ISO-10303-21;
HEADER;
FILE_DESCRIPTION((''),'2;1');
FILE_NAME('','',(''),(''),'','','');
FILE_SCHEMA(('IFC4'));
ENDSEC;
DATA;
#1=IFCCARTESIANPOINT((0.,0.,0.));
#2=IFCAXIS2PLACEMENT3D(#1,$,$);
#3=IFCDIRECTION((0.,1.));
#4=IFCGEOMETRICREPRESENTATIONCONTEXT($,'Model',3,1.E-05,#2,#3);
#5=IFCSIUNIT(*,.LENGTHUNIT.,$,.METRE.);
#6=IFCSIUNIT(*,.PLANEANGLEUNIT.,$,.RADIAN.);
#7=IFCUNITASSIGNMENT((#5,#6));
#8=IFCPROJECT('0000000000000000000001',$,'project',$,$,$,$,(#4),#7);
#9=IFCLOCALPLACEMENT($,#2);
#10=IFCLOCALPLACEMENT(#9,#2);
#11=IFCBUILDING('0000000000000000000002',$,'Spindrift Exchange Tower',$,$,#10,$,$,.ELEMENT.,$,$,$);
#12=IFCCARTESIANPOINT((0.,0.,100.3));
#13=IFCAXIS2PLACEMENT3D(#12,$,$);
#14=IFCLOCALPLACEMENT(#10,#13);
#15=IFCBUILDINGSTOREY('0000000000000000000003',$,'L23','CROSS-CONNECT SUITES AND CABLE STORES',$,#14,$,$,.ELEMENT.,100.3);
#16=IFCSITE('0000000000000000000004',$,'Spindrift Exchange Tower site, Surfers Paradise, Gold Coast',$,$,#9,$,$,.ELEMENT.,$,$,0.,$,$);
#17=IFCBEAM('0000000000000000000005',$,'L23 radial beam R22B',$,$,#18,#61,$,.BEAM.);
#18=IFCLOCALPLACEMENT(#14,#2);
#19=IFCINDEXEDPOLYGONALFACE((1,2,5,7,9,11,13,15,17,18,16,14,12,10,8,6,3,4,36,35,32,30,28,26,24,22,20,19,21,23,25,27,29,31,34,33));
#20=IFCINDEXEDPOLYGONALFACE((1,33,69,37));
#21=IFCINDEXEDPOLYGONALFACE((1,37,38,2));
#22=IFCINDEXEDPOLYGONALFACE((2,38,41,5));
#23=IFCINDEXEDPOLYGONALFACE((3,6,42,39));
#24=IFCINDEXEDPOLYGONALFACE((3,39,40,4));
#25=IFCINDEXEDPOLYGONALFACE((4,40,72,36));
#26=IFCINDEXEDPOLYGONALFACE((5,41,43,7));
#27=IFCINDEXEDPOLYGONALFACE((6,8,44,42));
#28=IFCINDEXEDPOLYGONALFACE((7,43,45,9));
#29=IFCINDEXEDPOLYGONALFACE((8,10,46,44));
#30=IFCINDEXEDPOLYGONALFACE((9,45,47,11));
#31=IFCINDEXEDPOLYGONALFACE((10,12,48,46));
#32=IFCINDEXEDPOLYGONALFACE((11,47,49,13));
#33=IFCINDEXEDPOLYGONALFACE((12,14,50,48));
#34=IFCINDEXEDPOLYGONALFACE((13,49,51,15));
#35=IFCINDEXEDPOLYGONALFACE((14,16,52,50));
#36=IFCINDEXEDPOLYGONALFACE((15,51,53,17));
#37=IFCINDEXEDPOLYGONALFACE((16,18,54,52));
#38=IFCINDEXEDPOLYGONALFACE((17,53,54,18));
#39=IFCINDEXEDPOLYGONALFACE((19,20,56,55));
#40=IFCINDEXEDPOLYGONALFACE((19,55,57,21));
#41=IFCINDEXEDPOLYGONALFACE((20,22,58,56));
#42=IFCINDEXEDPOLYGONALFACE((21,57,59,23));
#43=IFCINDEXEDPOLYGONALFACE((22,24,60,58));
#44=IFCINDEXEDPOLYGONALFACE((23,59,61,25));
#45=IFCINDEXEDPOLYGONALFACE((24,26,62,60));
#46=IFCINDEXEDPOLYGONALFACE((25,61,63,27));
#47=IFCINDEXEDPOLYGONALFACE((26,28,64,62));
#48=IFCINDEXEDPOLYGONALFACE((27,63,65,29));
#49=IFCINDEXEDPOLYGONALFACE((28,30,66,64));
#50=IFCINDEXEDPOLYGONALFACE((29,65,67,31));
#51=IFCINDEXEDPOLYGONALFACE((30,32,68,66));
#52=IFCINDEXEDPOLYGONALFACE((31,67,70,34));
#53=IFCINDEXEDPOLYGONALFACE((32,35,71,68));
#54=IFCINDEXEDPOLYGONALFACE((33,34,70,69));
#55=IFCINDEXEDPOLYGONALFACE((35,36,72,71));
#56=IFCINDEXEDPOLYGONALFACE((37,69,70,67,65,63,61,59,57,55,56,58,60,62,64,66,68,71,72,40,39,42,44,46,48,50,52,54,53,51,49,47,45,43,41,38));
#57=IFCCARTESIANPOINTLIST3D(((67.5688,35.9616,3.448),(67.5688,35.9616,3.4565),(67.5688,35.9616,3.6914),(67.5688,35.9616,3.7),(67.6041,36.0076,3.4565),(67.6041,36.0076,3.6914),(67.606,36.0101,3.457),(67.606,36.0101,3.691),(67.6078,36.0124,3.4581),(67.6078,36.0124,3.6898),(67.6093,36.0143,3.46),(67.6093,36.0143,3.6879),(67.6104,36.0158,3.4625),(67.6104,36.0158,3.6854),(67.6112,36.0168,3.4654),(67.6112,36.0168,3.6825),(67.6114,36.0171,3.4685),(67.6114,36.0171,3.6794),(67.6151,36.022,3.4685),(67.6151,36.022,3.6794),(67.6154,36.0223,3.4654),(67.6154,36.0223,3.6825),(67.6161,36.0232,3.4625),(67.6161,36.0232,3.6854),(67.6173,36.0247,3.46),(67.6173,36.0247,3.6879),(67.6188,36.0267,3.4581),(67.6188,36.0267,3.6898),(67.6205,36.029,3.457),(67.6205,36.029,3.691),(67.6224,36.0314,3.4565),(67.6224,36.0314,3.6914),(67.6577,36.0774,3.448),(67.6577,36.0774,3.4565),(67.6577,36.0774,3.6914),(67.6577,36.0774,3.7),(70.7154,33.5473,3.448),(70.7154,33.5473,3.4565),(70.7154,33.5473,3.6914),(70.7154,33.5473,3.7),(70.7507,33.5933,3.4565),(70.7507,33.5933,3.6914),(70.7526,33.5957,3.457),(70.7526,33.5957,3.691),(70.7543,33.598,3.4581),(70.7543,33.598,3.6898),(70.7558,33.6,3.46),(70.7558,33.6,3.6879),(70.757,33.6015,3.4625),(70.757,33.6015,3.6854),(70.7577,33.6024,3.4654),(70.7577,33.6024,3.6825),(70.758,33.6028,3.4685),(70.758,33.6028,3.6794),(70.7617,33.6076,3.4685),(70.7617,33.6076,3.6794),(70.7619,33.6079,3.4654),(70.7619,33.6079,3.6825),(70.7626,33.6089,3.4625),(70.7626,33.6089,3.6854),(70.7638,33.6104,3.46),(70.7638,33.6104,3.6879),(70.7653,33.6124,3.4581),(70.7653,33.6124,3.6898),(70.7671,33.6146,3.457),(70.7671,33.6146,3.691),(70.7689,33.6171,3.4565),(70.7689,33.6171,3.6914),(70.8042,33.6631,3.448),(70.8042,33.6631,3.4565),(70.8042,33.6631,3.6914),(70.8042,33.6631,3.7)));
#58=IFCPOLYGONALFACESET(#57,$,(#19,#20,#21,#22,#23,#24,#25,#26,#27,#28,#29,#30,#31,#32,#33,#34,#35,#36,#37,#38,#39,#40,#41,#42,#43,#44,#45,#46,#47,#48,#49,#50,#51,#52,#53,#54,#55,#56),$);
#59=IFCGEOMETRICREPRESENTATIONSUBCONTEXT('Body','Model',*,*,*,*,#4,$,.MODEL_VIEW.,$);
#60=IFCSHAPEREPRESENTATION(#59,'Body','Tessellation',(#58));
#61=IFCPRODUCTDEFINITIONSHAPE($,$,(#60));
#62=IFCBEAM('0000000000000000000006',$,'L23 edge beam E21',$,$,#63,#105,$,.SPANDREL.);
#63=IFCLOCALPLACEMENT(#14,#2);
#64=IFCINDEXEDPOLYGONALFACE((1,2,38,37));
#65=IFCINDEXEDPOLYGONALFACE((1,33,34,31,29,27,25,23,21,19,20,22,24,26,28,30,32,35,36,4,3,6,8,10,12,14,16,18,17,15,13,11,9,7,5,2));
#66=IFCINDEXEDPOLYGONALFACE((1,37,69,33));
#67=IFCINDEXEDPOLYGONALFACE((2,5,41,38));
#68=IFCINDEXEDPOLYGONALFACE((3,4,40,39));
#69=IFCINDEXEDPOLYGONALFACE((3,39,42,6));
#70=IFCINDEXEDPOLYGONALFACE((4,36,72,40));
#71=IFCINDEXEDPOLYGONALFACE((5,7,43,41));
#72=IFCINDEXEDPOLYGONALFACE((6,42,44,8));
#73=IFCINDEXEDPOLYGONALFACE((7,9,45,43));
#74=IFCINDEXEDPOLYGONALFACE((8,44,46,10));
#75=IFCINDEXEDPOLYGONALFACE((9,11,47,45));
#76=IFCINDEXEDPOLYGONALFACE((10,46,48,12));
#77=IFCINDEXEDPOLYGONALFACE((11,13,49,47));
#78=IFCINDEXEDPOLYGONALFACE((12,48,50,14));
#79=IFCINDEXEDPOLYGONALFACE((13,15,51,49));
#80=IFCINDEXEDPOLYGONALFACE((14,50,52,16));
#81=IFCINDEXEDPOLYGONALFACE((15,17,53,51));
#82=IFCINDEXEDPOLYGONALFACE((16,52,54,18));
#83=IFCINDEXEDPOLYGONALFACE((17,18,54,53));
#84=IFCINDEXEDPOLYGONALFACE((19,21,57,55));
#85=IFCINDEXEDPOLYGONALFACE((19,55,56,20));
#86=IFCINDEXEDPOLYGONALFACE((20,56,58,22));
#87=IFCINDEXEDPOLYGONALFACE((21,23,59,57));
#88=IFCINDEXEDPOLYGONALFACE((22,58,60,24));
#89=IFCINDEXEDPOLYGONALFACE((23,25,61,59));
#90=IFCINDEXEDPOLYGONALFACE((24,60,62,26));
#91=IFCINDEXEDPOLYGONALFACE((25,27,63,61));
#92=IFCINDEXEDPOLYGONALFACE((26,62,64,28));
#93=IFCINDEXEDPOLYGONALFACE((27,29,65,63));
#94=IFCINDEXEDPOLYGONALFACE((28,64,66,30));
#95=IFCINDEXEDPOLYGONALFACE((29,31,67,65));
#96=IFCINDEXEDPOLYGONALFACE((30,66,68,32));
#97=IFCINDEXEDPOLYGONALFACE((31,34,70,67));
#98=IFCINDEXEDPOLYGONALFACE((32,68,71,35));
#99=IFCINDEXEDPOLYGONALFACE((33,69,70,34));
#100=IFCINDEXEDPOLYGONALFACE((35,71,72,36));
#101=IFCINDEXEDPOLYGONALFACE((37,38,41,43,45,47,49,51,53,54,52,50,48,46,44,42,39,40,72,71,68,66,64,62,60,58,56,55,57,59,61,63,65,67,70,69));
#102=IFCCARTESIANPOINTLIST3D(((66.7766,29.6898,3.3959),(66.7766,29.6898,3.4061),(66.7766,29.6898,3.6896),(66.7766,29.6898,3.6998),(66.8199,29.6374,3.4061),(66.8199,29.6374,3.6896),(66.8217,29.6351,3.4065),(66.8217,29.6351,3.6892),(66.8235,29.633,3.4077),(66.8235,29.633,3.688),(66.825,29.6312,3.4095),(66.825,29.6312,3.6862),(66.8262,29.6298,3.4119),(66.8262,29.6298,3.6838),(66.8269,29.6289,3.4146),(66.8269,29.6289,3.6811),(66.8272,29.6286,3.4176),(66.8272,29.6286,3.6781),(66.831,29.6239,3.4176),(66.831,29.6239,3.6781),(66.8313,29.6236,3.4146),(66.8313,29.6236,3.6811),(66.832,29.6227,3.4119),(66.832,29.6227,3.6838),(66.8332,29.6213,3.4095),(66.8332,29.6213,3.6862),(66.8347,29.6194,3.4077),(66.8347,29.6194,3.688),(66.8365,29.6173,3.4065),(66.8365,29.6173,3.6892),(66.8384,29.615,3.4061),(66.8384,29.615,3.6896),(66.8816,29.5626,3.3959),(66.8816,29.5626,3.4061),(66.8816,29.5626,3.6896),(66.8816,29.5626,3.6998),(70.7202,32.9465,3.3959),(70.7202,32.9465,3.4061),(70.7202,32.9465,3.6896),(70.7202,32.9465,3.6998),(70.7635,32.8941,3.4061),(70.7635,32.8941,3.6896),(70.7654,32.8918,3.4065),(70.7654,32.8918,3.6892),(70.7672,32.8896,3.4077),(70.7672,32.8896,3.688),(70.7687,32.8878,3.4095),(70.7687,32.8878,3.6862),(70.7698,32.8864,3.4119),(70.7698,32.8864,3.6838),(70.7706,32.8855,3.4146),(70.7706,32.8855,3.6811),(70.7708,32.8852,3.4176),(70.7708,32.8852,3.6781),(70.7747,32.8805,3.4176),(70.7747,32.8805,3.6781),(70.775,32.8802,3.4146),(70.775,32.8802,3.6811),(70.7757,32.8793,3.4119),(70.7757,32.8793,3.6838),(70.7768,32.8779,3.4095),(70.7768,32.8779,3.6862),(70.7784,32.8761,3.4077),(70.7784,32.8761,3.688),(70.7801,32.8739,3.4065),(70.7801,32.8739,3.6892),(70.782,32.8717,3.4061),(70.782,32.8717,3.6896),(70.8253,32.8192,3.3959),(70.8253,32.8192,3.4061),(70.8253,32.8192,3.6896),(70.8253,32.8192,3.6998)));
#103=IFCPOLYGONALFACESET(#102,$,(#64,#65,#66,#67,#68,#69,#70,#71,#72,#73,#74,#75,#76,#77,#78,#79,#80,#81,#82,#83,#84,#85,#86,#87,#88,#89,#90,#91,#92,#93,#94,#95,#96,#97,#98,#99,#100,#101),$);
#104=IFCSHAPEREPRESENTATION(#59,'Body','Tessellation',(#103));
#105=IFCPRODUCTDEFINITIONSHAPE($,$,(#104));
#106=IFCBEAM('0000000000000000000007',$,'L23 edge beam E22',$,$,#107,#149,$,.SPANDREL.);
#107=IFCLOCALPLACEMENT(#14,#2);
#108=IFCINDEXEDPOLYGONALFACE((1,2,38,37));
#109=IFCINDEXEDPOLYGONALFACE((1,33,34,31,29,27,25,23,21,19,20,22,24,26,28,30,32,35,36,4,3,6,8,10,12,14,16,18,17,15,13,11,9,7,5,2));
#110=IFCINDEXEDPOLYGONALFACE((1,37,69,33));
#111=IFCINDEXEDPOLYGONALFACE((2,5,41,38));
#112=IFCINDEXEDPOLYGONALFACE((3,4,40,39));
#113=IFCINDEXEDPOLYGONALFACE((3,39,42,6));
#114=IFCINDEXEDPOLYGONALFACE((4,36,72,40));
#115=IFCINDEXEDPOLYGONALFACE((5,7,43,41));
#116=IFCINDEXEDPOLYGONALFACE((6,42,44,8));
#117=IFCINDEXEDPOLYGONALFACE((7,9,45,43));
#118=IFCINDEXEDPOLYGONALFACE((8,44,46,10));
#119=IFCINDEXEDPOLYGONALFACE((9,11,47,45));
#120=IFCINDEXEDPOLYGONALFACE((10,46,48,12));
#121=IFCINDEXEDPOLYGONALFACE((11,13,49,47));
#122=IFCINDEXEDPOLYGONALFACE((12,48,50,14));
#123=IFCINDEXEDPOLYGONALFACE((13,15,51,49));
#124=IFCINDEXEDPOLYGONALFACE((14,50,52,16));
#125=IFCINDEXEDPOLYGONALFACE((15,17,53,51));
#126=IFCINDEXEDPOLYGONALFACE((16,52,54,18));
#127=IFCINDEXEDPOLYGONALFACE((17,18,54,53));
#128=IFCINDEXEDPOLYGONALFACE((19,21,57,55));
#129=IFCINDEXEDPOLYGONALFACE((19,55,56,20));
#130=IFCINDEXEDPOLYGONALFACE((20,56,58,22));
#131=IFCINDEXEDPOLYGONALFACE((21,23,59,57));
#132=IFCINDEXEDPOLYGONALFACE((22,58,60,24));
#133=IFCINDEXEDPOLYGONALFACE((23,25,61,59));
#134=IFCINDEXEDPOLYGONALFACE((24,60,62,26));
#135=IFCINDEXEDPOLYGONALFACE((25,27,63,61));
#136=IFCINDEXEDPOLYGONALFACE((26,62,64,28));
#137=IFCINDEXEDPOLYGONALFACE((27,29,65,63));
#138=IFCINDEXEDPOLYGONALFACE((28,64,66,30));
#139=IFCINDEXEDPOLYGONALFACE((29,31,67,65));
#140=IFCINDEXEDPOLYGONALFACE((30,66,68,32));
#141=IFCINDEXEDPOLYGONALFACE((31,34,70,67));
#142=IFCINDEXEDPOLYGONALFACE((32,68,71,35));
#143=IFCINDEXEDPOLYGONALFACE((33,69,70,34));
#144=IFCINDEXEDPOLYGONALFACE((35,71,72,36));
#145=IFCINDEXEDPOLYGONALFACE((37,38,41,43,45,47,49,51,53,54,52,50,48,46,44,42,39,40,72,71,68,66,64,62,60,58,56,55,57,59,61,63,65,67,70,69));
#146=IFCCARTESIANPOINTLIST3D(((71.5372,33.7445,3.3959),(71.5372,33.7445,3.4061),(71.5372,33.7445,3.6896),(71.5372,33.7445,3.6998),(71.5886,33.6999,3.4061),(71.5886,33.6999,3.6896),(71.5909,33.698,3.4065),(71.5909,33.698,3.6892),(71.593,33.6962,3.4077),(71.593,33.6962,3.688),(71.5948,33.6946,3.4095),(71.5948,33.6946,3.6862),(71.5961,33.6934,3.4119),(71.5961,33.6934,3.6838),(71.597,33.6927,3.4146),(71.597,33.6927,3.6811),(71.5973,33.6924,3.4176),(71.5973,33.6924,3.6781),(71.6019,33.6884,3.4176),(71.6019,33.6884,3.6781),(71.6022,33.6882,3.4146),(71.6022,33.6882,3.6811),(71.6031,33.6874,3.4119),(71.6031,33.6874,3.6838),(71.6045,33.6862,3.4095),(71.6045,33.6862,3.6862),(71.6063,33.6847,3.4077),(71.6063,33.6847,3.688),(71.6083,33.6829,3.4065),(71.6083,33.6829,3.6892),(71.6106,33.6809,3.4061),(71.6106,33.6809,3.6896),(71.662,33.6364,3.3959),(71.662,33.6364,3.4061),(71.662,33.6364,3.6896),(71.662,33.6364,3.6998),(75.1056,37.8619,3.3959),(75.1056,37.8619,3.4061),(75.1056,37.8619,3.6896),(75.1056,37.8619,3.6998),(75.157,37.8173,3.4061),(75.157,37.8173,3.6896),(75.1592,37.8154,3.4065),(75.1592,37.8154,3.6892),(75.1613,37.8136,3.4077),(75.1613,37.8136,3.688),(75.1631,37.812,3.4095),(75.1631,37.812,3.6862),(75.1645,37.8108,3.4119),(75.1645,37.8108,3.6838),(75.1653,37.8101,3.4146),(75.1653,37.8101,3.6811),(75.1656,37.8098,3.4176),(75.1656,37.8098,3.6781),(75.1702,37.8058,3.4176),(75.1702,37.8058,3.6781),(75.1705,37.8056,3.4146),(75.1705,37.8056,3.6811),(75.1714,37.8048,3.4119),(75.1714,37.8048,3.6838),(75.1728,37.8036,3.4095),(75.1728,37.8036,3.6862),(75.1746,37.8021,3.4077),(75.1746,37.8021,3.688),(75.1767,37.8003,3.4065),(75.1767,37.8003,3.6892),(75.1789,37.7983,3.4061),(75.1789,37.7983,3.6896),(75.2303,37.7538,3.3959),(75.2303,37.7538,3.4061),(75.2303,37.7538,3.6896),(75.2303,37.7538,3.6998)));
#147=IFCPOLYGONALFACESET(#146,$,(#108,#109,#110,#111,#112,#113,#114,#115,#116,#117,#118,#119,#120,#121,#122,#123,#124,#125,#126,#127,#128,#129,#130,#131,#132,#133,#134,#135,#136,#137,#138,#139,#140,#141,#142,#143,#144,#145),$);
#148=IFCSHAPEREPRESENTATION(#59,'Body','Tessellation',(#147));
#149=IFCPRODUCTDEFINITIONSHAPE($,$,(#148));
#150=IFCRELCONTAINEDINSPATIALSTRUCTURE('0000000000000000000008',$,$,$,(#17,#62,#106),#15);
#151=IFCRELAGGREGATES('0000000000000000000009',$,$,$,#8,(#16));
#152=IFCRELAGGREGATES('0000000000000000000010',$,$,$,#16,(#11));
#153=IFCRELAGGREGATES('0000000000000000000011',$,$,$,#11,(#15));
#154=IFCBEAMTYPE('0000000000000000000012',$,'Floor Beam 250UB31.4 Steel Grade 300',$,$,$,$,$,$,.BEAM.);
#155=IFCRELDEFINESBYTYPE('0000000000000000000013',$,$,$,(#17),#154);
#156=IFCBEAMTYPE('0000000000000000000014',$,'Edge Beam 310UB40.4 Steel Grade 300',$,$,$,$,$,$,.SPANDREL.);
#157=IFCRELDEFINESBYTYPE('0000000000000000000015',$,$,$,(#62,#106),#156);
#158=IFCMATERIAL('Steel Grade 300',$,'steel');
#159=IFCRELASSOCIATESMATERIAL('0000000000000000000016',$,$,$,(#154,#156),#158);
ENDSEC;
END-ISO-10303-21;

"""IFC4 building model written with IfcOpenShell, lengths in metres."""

from ifc_helpers import new_model, si_unit, direction, frame, origin, origin_2d, place, context, subcontext, project, spatial, i_section, extrude, source, transform, mapped, material, material_profile, profile_set, type_object, element, save


model = new_model("IFC4")

# Units and contexts
model_context = context("Model", 3, precision=1e-05, world=origin(), true_north=direction((0.0, 1.0)))
body_context = subcontext(model_context, "Body", "Model", "MODEL_VIEW")
ifc_project = project(units=[si_unit("LENGTHUNIT", "METRE"), si_unit("PLANEANGLEUNIT", "RADIAN")], contexts=[model_context])

# Site, building, storey
site_placement = place(None, origin())
site = spatial("IfcSite", under=ifc_project, at=site_placement, Name="Spindrift Exchange Tower site, Surfers Paradise, Gold Coast", CompositionType="ELEMENT", RefElevation=0.0)
building_placement = place(site_placement, origin())
building = spatial("IfcBuilding", under=site, at=building_placement, Name="Spindrift Exchange Tower", CompositionType="ELEMENT")
storey_placement = place(building_placement, frame((0.0, 0.0, 100.3)))
storey = spatial("IfcBuildingStorey", under=building, at=storey_placement, Name="L23", Description="CROSS-CONNECT SUITES AND CABLE STORES", CompositionType="ELEMENT", Elevation=100.3)

# Beams
ifc_material_1 = material(Name="Steel Grade 300", Category="steel")
ifc_material_profile_1 = material_profile(ifc_material_1, i_section(OverallWidth=0.146, OverallDepth=0.252, WebThickness=0.0061, FlangeThickness=0.0085, FilletRadius=0.012, at=origin_2d()), Name="250UB31.4")
ifc_profile_set_1 = profile_set([ifc_material_profile_1], Name="Steel Grade 300")
beam_type_1 = type_object("IfcBeamType", Name="Floor Beam 250UB31.4 Steel Grade 300", PredefinedType="BEAM", material=ifc_profile_set_1)
shared_shape_1 = source(origin(), body_context, "Body", "SweptSolid", [
    extrude(i_section(OverallWidth=0.146, OverallDepth=0.252, WebThickness=0.0061, FlangeThickness=0.0085, FilletRadius=0.012, at=origin_2d()), origin(), (0.0, 0.0, 1.0), 3.9661),
])
beam_1_placement = place(storey_placement, frame((67.6133, 36.0195, 3.574), z_axis=(0.793363, -0.608749, 0.0), x_axis=(0.608749, 0.793363, 0.0)))
element("IfcBeam", 1, at=beam_1_placement, inside=storey, type_object=beam_type_1, Name="L23 radial beam R22B", PredefinedType="BEAM", context=body_context, shape_type="MappedRepresentation", body=[
    mapped(shared_shape_1, transform((0.0, 0.0, 0.0), scale=1.0)),
])
ifc_material_profile_2 = material_profile(ifc_material_1, i_section(OverallWidth=0.165, OverallDepth=0.304, WebThickness=0.0061, FlangeThickness=0.0103, FilletRadius=0.0115, at=origin_2d()), Name="310UB40.4")
ifc_profile_set_2 = profile_set([ifc_material_profile_2], Name="Steel Grade 300")
beam_type_2 = type_object("IfcBeamType", Name="Edge Beam 310UB40.4 Steel Grade 300", PredefinedType="SPANDREL", material=ifc_profile_set_2)
shared_shape_2 = source(origin(), body_context, "Body", "SweptSolid", [
    extrude(i_section(OverallWidth=0.165, OverallDepth=0.304, WebThickness=0.0061, FlangeThickness=0.0103, FilletRadius=0.0115, at=origin_2d()), origin(), (0.0, 0.0, 1.0), 5.1145),
])
beam_2_placement = place(storey_placement, frame((66.8291, 29.6262, 3.5479), z_axis=(0.771074, 0.636746, 0.0), x_axis=(-0.636746, 0.771074, 0.0)))
element("IfcBeam", 2, at=beam_2_placement, inside=storey, type_object=beam_type_2, Name="L23 edge beam E21", PredefinedType="SPANDREL", context=body_context, shape_type="MappedRepresentation", body=[
    mapped(shared_shape_2, transform((0.0, 0.0, 0.0), scale=1.0)),
])
shared_shape_3 = source(origin(), body_context, "Body", "SweptSolid", [
    extrude(i_section(OverallWidth=0.165, OverallDepth=0.304, WebThickness=0.0061, FlangeThickness=0.0103, FilletRadius=0.0115, at=origin_2d()), origin(), (0.0, 0.0, 1.0), 5.4485),
])
beam_3_placement = place(storey_placement, frame((71.5996, 33.6904, 3.5479), z_axis=(0.654922, 0.755696, 0.0), x_axis=(-0.755696, 0.654922, 0.0)))
element("IfcBeam", 3, at=beam_3_placement, inside=storey, type_object=beam_type_2, Name="L23 edge beam E22", PredefinedType="SPANDREL", context=body_context, shape_type="MappedRepresentation", body=[
    mapped(shared_shape_3, transform((0.0, 0.0, 0.0), scale=1.0)),
])

save(model, "model.ifc")
